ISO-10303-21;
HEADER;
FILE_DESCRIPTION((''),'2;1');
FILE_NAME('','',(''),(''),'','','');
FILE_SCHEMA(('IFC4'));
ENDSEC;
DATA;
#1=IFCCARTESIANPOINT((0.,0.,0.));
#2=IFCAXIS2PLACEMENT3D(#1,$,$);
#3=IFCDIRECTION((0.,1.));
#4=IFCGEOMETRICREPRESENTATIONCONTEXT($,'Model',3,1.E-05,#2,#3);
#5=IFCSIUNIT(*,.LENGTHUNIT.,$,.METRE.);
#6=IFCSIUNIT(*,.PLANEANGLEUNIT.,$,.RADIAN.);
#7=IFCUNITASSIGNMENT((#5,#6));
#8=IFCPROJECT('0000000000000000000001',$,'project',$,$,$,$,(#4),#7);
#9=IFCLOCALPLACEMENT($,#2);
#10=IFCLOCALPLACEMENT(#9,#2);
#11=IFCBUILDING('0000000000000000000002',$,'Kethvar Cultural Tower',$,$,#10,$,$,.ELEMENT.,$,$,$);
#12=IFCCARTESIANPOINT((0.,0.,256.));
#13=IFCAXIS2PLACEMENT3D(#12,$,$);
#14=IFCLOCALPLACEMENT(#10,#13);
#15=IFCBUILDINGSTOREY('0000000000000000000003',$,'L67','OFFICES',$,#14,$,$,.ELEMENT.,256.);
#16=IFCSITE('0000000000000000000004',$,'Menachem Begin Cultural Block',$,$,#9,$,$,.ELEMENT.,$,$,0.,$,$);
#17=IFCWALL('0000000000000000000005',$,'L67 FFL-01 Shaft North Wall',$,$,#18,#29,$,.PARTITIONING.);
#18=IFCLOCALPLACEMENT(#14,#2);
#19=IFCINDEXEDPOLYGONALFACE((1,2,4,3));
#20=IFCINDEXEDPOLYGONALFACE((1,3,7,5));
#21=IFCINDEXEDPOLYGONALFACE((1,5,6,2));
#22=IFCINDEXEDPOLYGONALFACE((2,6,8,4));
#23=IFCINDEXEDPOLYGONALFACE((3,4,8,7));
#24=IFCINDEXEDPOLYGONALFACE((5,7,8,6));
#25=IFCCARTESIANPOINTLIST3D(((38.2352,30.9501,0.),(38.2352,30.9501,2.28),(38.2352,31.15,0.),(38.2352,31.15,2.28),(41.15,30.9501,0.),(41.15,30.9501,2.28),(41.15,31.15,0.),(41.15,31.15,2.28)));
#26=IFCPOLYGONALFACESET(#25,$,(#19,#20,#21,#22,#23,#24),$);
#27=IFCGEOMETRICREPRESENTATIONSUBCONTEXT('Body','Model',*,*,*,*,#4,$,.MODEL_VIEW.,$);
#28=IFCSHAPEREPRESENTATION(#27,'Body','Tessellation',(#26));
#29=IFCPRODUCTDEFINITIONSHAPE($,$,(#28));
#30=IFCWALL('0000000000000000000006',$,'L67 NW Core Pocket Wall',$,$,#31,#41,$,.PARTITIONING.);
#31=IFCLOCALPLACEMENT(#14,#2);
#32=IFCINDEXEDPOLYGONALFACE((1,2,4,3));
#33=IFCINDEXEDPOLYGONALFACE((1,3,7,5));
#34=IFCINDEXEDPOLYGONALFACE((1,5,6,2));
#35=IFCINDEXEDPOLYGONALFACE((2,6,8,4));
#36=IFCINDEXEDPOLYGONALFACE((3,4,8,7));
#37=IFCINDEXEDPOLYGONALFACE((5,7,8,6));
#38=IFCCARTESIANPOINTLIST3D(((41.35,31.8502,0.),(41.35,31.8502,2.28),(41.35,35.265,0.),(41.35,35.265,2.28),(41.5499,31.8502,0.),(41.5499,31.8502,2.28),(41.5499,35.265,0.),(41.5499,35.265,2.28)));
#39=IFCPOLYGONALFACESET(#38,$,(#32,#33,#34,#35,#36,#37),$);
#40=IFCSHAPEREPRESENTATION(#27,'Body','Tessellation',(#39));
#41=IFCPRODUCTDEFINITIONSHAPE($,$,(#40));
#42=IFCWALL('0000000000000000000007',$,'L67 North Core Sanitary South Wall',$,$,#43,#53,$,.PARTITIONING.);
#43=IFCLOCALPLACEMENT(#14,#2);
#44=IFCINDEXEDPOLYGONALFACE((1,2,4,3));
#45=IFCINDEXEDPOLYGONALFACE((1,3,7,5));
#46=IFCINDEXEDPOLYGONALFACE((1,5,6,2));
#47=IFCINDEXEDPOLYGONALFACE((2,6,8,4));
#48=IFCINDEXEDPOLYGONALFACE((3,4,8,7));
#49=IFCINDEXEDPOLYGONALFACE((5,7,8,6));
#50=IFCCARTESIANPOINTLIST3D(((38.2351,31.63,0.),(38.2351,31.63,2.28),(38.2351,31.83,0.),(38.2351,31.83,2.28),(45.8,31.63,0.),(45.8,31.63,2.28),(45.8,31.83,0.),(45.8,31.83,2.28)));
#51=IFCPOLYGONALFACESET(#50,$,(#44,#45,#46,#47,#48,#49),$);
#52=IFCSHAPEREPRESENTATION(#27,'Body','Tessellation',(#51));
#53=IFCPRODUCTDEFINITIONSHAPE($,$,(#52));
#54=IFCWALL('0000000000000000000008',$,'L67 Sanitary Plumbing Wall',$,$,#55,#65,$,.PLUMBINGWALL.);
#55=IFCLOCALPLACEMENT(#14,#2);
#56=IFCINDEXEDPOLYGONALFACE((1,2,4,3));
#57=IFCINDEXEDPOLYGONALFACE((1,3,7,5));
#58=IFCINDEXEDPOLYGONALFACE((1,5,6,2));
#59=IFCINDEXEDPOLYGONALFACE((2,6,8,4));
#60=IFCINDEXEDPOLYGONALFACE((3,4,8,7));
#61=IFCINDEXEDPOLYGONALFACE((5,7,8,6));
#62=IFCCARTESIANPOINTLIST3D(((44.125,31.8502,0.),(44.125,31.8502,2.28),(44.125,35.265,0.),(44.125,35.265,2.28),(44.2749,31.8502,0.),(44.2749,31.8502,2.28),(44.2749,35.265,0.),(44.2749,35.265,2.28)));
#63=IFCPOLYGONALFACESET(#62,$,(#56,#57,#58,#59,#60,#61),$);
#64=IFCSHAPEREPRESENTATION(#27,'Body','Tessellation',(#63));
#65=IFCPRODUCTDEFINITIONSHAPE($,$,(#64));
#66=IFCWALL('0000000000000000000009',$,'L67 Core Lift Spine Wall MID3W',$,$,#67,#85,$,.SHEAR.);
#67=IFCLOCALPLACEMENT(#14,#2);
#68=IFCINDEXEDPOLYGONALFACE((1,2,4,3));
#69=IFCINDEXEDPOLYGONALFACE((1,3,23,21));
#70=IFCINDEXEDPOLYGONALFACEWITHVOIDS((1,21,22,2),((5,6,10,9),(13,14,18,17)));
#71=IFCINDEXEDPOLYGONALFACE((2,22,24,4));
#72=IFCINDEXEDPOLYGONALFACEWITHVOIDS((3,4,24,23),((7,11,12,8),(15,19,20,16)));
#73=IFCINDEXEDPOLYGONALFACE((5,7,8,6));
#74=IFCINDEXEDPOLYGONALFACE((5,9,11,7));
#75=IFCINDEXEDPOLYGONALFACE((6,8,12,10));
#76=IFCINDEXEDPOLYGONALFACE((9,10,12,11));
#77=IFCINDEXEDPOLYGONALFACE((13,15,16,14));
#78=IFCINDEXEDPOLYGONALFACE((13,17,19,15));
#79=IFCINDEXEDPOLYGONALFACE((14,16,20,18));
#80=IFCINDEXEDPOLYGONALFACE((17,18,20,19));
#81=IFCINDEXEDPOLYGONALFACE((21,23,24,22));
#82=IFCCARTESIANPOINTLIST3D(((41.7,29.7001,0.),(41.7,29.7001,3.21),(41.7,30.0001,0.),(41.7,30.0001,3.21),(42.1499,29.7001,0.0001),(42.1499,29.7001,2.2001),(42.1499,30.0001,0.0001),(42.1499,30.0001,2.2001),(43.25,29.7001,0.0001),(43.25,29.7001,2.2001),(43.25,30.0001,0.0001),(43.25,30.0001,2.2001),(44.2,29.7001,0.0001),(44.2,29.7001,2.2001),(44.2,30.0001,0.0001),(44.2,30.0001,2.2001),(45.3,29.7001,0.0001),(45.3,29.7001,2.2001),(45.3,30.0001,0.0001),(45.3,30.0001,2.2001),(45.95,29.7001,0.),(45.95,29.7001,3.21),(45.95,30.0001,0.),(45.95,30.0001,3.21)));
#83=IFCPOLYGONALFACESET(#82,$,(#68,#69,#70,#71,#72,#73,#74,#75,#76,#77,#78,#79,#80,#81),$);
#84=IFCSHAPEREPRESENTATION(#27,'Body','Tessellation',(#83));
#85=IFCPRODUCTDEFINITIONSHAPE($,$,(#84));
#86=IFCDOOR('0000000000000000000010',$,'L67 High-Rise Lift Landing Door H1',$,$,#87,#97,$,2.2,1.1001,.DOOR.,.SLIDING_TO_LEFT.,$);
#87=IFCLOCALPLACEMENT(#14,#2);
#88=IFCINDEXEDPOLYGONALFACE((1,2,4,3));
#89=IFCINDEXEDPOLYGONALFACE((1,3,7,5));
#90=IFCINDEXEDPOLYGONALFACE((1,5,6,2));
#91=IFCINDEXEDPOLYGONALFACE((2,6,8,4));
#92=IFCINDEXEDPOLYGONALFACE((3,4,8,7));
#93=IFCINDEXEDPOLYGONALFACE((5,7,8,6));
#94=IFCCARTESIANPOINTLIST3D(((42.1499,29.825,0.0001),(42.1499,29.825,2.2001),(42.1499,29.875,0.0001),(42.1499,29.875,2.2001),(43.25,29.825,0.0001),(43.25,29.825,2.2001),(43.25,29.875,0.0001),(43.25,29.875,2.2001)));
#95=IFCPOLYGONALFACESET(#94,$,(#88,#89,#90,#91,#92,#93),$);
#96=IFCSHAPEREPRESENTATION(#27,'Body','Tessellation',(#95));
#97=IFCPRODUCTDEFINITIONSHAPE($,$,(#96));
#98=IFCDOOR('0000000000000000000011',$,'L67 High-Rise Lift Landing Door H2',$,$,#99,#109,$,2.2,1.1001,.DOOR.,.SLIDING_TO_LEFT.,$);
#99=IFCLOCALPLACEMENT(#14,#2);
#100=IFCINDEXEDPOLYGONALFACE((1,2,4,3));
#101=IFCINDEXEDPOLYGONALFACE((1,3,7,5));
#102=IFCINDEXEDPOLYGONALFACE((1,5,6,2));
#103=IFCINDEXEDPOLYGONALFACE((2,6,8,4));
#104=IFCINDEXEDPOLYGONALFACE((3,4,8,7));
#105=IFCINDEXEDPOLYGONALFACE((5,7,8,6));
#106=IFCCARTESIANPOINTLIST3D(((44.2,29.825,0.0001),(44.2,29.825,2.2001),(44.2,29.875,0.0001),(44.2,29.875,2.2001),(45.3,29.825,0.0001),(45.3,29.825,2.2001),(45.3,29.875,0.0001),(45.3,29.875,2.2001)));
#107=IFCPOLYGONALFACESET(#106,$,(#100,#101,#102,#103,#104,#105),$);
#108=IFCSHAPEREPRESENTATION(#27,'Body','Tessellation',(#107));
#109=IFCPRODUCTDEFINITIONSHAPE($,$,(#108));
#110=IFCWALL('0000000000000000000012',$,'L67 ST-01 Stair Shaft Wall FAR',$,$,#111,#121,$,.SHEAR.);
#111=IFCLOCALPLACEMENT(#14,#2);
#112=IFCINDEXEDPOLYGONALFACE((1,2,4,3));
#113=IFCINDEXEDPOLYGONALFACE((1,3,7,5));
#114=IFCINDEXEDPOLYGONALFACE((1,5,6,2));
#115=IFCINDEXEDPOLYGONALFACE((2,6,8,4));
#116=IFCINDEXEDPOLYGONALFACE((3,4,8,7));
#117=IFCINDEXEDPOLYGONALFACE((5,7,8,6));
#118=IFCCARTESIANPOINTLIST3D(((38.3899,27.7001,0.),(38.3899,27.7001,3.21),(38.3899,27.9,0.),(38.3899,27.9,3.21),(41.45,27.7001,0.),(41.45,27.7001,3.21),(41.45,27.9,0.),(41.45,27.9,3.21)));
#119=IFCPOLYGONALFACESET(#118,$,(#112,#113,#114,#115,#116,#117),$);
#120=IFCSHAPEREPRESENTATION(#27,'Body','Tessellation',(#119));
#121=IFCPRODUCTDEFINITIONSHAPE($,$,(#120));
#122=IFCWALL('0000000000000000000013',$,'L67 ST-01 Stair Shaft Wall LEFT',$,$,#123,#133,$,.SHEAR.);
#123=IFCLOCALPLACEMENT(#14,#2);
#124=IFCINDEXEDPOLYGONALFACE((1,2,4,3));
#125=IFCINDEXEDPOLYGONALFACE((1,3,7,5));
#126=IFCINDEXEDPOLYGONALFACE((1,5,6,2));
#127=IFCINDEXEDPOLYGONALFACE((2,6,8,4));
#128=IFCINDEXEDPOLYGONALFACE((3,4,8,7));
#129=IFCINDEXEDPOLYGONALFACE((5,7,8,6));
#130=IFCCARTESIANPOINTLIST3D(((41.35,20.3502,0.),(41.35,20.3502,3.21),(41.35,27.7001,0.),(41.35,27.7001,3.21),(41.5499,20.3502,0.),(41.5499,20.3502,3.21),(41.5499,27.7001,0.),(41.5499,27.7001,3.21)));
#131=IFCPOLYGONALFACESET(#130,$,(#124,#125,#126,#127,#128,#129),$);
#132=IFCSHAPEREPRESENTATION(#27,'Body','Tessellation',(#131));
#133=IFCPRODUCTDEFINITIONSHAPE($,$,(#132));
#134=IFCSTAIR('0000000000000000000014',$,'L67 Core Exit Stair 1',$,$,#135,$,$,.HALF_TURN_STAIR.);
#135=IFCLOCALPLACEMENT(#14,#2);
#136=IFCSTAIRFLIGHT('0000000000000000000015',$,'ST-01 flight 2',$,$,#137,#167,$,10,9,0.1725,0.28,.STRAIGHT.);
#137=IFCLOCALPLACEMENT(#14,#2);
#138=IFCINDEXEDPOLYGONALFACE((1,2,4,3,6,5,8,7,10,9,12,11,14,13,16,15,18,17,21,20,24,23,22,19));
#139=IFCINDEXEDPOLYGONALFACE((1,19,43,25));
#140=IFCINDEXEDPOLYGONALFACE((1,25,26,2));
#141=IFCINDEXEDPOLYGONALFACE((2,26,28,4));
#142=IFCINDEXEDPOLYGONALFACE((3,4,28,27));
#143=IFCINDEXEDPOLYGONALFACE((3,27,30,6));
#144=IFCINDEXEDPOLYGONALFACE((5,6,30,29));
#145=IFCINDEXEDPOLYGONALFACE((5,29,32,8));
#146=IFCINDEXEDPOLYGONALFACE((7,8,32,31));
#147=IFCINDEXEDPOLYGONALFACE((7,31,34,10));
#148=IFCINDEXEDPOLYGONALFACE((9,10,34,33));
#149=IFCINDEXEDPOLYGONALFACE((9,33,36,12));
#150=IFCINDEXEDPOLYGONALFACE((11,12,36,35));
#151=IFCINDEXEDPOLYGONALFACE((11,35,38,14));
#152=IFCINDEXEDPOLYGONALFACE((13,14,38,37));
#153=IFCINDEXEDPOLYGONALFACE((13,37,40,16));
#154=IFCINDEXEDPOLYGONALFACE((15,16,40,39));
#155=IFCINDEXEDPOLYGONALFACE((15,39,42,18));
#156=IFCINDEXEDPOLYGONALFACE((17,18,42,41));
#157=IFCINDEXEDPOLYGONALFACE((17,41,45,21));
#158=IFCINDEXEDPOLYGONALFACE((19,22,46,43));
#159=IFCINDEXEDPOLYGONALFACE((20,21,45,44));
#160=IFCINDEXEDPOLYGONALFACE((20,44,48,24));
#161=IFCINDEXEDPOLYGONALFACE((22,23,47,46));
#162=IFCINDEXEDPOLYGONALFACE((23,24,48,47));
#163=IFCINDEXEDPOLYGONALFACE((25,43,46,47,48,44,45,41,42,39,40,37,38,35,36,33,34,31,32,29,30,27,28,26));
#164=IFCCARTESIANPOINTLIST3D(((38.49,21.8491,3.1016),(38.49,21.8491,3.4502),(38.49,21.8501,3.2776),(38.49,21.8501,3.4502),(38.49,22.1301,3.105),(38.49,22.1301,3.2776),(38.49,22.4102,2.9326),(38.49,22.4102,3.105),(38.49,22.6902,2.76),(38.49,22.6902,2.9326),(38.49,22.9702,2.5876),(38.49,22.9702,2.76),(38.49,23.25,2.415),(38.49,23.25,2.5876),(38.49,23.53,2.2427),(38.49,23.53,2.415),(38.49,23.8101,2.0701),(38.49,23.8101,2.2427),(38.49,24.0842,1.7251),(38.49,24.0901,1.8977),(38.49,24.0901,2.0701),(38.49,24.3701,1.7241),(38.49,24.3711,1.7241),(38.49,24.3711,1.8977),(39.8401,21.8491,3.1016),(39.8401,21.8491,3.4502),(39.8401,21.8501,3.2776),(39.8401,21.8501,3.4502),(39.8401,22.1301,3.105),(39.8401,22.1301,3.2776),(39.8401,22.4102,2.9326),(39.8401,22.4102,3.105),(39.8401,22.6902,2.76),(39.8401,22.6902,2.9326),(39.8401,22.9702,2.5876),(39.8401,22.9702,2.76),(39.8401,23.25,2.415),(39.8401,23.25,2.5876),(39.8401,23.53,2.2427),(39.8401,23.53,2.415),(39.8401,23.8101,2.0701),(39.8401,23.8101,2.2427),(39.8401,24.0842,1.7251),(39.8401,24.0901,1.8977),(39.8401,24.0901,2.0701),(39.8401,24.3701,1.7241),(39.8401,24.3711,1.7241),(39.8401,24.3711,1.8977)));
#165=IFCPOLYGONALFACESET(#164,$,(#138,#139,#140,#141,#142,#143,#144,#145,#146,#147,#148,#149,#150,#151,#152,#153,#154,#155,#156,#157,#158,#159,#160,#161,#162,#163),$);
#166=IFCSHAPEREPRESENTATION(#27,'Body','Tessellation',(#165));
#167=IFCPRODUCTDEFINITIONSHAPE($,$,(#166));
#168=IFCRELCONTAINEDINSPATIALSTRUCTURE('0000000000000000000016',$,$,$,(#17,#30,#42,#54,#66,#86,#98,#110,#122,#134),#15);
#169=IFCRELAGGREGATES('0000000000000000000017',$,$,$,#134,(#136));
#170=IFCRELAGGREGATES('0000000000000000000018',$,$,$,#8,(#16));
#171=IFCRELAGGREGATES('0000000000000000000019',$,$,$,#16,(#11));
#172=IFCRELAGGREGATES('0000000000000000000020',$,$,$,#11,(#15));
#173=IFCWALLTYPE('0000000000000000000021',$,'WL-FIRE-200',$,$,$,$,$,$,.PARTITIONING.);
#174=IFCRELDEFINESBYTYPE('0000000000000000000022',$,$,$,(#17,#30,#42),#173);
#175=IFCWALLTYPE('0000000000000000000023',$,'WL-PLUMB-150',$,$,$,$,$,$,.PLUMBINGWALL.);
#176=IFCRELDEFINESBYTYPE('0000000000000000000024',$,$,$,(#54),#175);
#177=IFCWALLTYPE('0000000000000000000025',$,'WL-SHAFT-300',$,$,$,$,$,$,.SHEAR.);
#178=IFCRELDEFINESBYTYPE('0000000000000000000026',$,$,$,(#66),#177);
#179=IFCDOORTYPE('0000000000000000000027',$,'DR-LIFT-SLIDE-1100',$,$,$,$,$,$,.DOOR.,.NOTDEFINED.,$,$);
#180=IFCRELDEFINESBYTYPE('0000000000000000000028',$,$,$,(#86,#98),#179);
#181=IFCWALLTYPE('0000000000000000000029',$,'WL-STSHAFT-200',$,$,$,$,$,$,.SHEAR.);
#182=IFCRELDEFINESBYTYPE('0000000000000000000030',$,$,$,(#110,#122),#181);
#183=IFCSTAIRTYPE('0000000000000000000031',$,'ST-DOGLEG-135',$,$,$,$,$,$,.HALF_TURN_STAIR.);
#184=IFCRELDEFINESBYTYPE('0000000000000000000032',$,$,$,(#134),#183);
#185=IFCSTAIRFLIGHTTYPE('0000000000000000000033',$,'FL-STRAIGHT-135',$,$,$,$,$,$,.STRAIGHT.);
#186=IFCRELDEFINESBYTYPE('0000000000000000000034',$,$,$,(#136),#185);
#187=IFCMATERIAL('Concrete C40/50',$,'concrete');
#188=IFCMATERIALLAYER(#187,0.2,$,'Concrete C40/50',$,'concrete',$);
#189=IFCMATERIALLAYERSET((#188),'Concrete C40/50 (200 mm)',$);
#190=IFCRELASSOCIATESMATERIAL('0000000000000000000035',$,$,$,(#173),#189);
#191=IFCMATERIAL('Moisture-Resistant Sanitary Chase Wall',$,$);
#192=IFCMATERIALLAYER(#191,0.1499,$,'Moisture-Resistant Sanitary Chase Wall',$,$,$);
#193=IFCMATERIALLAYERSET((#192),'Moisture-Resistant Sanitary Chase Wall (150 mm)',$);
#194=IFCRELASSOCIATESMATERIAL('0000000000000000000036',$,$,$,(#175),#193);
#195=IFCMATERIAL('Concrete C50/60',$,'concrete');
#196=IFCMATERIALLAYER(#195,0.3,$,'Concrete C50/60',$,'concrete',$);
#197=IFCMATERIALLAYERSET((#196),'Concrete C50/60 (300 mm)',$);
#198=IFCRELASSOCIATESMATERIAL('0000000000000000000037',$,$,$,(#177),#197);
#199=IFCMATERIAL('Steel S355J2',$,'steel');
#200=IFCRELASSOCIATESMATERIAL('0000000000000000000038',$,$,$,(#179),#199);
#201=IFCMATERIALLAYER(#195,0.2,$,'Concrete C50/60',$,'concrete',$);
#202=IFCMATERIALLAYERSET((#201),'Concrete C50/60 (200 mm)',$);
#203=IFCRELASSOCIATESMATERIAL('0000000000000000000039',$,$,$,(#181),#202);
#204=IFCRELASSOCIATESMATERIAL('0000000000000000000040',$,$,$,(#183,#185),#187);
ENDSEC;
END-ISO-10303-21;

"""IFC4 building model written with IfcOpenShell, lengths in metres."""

from ifc_helpers import new_model, si_unit, direction, frame, frame_2d, origin, place, context, subcontext, project, spatial, polyline, rectangle, outline, extrude, source, transform, mapped, material, layer, layer_set, type_object, element, fill, aggregate, save


model = new_model("IFC4")

# Units and contexts
model_context = context("Model", 3, precision=1e-05, world=origin(), true_north=direction((0.0, 1.0)))
body_context = subcontext(model_context, "Body", "Model", "MODEL_VIEW")
ifc_project = project(units=[si_unit("LENGTHUNIT", "METRE"), si_unit("PLANEANGLEUNIT", "RADIAN")], contexts=[model_context])

# Site, building, storey
site_placement = place(None, origin())
site = spatial("IfcSite", under=ifc_project, at=site_placement, Name="Menachem Begin Cultural Block", CompositionType="ELEMENT", RefElevation=0.0)
building_placement = place(site_placement, origin())
building = spatial("IfcBuilding", under=site, at=building_placement, Name="Kethvar Cultural Tower", CompositionType="ELEMENT")
storey_placement = place(building_placement, frame((0.0, 0.0, 256.0)))
storey = spatial("IfcBuildingStorey", under=building, at=storey_placement, Name="L67", Description="OFFICES", CompositionType="ELEMENT", Elevation=256.0)

# Shared definitions
ifc_material_1 = material(Name="Steel S355J2", Category="steel")

# Walls
ifc_material_2 = material(Name="Concrete C40/50", Category="concrete")
ifc_layer_1 = layer(ifc_material_2, 0.2, Name="Concrete C40/50", Category="concrete")
ifc_layer_set_1 = layer_set([ifc_layer_1], Name="Concrete C40/50 (200 mm)")
wall_type_1 = type_object("IfcWallType", Name="WL-FIRE-200", PredefinedType="PARTITIONING", material=ifc_layer_set_1)
for number, where, z_axis, x_axis, name in (
    (1, (38.2351, 31.05, 0.0), (0.0, 0.0, 1.0), (1.0, 0.0, 0.0), "L67 FFL-01 Shaft North Wall"),
):
    element("IfcWall", number, at=place(storey_placement, frame(where, z_axis=z_axis, x_axis=x_axis)), inside=storey, type_object=wall_type_1, Name=name, PredefinedType="PARTITIONING", context=body_context, shape_type="SweptSolid", body=[
        extrude(rectangle(XDim=2.9148, YDim=0.2, at=frame_2d((1.4575, 0.0))), origin(), (0.0, 0.0, 1.0), 2.28),
    ])
wall_1_placement = place(storey_placement, frame((41.45, 31.8501, 0.0), z_axis=(0.0, 0.0, 1.0), x_axis=(0.0, 1.0, 0.0)))
element("IfcWall", 2, at=wall_1_placement, inside=storey, type_object=wall_type_1, Name="L67 NW Core Pocket Wall", PredefinedType="PARTITIONING", context=body_context, shape_type="SweptSolid", body=[
    extrude(rectangle(XDim=3.4148, YDim=0.2, at=frame_2d((1.7075, 0.0))), origin(), (0.0, 0.0, 1.0), 2.28),
])
wall_2_placement = place(storey_placement, frame((38.2351, 31.73, 0.0), z_axis=(0.0, 0.0, 1.0), x_axis=(1.0, 0.0, 0.0)))
element("IfcWall", 3, at=wall_2_placement, inside=storey, type_object=wall_type_1, Name="L67 North Core Sanitary South Wall", PredefinedType="PARTITIONING", context=body_context, shape_type="SweptSolid", body=[
    extrude(rectangle(XDim=7.5649, YDim=0.2, at=frame_2d((3.7825, 0.0))), origin(), (0.0, 0.0, 1.0), 2.28),
])
ifc_material_3 = material(Name="Moisture-Resistant Sanitary Chase Wall")
ifc_layer_2 = layer(ifc_material_3, 0.1499, Name="Moisture-Resistant Sanitary Chase Wall")
ifc_layer_set_2 = layer_set([ifc_layer_2], Name="Moisture-Resistant Sanitary Chase Wall (150 mm)")
wall_type_2 = type_object("IfcWallType", Name="WL-PLUMB-150", PredefinedType="PLUMBINGWALL", material=ifc_layer_set_2)
wall_3_placement = place(storey_placement, frame((44.2, 31.8501, 0.0), z_axis=(0.0, 0.0, 1.0), x_axis=(0.0, 1.0, 0.0)))
element("IfcWall", 4, at=wall_3_placement, inside=storey, type_object=wall_type_2, Name="L67 Sanitary Plumbing Wall", PredefinedType="PLUMBINGWALL", context=body_context, shape_type="SweptSolid", body=[
    extrude(rectangle(XDim=3.4148, YDim=0.1499, at=frame_2d((1.7075, 0.0))), origin(), (0.0, 0.0, 1.0), 2.28),
])

# Shared definitions
ifc_material_4 = material(Name="Concrete C50/60", Category="concrete")
ifc_layer_3 = layer(ifc_material_4, 0.3, Name="Concrete C50/60", Category="concrete")
ifc_layer_set_3 = layer_set([ifc_layer_3], Name="Concrete C50/60 (300 mm)")
wall_type_3 = type_object("IfcWallType", Name="WL-SHAFT-300", PredefinedType="SHEAR", material=ifc_layer_set_3)

# Wall, openings, doors
wall_4_placement = place(storey_placement, frame((41.7, 29.8501, 0.0), z_axis=(0.0, 0.0, 1.0), x_axis=(1.0, 0.0, 0.0)))
wall_4 = element("IfcWall", 5, at=wall_4_placement, inside=storey, type_object=wall_type_3, Name="L67 Core Lift Spine Wall MID3W", PredefinedType="SHEAR", context=body_context, shape_type="SweptSolid", body=[
    extrude(rectangle(XDim=4.25, YDim=0.3, at=frame_2d((2.125, 0.0))), origin(), (0.0, 0.0, 1.0), 3.21),
])
opening_1_placement = place(wall_4_placement, frame((0.45, 0.0, 0.0)))
opening_1 = element("IfcOpeningElement", 6, at=opening_1_placement, cuts=wall_4, PredefinedType="OPENING", context=body_context, shape_type="SweptSolid", body=[
    extrude(rectangle(XDim=1.1001, YDim=2.2, at=frame_2d((0.55, 1.1001))), frame((0.0, 0.1599, 0.0), z_axis=(0.0, -1.0, 0.0), x_axis=(1.0, 0.0, 0.0)), (0.0, 0.0, 1.0), 0.3201),
])
opening_2_placement = place(wall_4_placement, frame((2.5, 0.0, 0.0)))
opening_2 = element("IfcOpeningElement", 7, at=opening_2_placement, cuts=wall_4, PredefinedType="OPENING", context=body_context, shape_type="SweptSolid", body=[
    extrude(rectangle(XDim=1.1001, YDim=2.2, at=frame_2d((0.55, 1.1001))), frame((0.0, 0.1599, 0.0), z_axis=(0.0, -1.0, 0.0), x_axis=(1.0, 0.0, 0.0)), (0.0, 0.0, 1.0), 0.3201),
])
door_type_1 = type_object("IfcDoorType", Name="DR-LIFT-SLIDE-1100", OperationType="NOTDEFINED", PredefinedType="DOOR", material=ifc_material_1)
shared_shape_1 = source(origin(), body_context, "Body", "SweptSolid", [
    extrude(rectangle(XDim=1.1001, YDim=2.2, at=frame_2d((0.55, 1.1001))), frame((0.0, 0.0249, 0.0), z_axis=(0.0, -1.0, 0.0), x_axis=(1.0, 0.0, 0.0)), (0.0, 0.0, 1.0), 0.05),
])
door_1_placement = place(opening_1_placement, origin())
door_1 = element("IfcDoor", 8, at=door_1_placement, inside=storey, type_object=door_type_1, Name="L67 High-Rise Lift Landing Door H1", OperationType="SLIDING_TO_LEFT", OverallHeight=2.2, OverallWidth=1.1001, PredefinedType="DOOR", context=body_context, shape_type="MappedRepresentation", body=[
    mapped(shared_shape_1, transform((0.0, 0.0, 0.0), scale=1.0)),
])
fill(opening_1, door_1)
door_2_placement = place(opening_2_placement, origin())
door_2 = element("IfcDoor", 9, at=door_2_placement, inside=storey, type_object=door_type_1, Name="L67 High-Rise Lift Landing Door H2", OperationType="SLIDING_TO_LEFT", OverallHeight=2.2, OverallWidth=1.1001, PredefinedType="DOOR", context=body_context, shape_type="MappedRepresentation", body=[
    mapped(shared_shape_1, transform((0.0, 0.0, 0.0), scale=1.0)),
])
fill(opening_2, door_2)

# Walls
ifc_layer_4 = layer(ifc_material_4, 0.2, Name="Concrete C50/60", Category="concrete")
ifc_layer_set_4 = layer_set([ifc_layer_4], Name="Concrete C50/60 (200 mm)")
wall_type_4 = type_object("IfcWallType", Name="WL-STSHAFT-200", PredefinedType="SHEAR", material=ifc_layer_set_4)
wall_5_placement = place(storey_placement, frame((38.3899, 27.8, 0.0), z_axis=(0.0, 0.0, 1.0), x_axis=(1.0, 0.0, 0.0)))
element("IfcWall", 10, at=wall_5_placement, inside=storey, type_object=wall_type_4, Name="L67 ST-01 Stair Shaft Wall FAR", PredefinedType="SHEAR", context=body_context, shape_type="SweptSolid", body=[
    extrude(rectangle(XDim=3.0601, YDim=0.2, at=frame_2d((1.53, 0.0))), origin(), (0.0, 0.0, 1.0), 3.21),
])
wall_6_placement = place(storey_placement, frame((41.45, 27.7, 0.0), z_axis=(0.0, 0.0, 1.0), x_axis=(0.0, -1.0, 0.0)))
element("IfcWall", 11, at=wall_6_placement, inside=storey, type_object=wall_type_4, Name="L67 ST-01 Stair Shaft Wall LEFT", PredefinedType="SHEAR", context=body_context, shape_type="SweptSolid", body=[
    extrude(rectangle(XDim=7.3499, YDim=0.2, at=frame_2d((3.6748, 0.0))), origin(), (0.0, 0.0, 1.0), 3.21),
])

# Stair, stair flight
stair_type = type_object("IfcStairType", Name="ST-DOGLEG-135", PredefinedType="HALF_TURN_STAIR", material=ifc_material_2)
stair_placement = place(storey_placement, origin())
stair = element("IfcStair", 12, at=stair_placement, inside=storey, type_object=stair_type, Name="L67 Core Exit Stair 1", PredefinedType="HALF_TURN_STAIR")
stair_flight_type = type_object("IfcStairFlightType", Name="FL-STRAIGHT-135", PredefinedType="STRAIGHT", material=ifc_material_2)
stair_flight_placement = place(storey_placement, frame((39.165, 24.3701, 1.7251), z_axis=(0.0, 0.0, 1.0), x_axis=(0.0, -1.0, 0.0)))
stair_flight = element("IfcStairFlight", 13, at=stair_flight_placement, type_object=stair_flight_type, Name="ST-01 flight 2", NumberOfRisers=10, NumberOfTreads=9, PredefinedType="STRAIGHT", RiserHeight=0.1725, TreadLength=0.28, context=body_context, shape_type="SweptSolid", body=[
    extrude(outline(polyline([(-0.001, -0.001), (-0.001, 0.1726), (0.28, 0.1726), (0.28, 0.345), (0.5601, 0.345), (0.5601, 0.5176), (0.8401, 0.5176), (0.8401, 0.6899), (1.1201, 0.6899), (1.1201, 0.8625), (1.3999, 0.8625), (1.3999, 1.0349), (1.6799, 1.0349), (1.6799, 1.2075), (1.96, 1.2075), (1.96, 1.3799), (2.24, 1.3799), (2.24, 1.5525), (2.52, 1.5525), (2.52, 1.7251), (2.521, 1.7251), (2.521, 1.3765), (0.2859, 0.0), (0.0, -0.001), (-0.001, -0.001)])), frame((0.0, 0.675, 0.0), z_axis=(0.0, -1.0, 0.0), x_axis=(1.0, 0.0, 0.0)), (0.0, 0.0, 1.0), 1.3501),
])
aggregate(stair, [stair_flight])

save(model, "model.ifc")
